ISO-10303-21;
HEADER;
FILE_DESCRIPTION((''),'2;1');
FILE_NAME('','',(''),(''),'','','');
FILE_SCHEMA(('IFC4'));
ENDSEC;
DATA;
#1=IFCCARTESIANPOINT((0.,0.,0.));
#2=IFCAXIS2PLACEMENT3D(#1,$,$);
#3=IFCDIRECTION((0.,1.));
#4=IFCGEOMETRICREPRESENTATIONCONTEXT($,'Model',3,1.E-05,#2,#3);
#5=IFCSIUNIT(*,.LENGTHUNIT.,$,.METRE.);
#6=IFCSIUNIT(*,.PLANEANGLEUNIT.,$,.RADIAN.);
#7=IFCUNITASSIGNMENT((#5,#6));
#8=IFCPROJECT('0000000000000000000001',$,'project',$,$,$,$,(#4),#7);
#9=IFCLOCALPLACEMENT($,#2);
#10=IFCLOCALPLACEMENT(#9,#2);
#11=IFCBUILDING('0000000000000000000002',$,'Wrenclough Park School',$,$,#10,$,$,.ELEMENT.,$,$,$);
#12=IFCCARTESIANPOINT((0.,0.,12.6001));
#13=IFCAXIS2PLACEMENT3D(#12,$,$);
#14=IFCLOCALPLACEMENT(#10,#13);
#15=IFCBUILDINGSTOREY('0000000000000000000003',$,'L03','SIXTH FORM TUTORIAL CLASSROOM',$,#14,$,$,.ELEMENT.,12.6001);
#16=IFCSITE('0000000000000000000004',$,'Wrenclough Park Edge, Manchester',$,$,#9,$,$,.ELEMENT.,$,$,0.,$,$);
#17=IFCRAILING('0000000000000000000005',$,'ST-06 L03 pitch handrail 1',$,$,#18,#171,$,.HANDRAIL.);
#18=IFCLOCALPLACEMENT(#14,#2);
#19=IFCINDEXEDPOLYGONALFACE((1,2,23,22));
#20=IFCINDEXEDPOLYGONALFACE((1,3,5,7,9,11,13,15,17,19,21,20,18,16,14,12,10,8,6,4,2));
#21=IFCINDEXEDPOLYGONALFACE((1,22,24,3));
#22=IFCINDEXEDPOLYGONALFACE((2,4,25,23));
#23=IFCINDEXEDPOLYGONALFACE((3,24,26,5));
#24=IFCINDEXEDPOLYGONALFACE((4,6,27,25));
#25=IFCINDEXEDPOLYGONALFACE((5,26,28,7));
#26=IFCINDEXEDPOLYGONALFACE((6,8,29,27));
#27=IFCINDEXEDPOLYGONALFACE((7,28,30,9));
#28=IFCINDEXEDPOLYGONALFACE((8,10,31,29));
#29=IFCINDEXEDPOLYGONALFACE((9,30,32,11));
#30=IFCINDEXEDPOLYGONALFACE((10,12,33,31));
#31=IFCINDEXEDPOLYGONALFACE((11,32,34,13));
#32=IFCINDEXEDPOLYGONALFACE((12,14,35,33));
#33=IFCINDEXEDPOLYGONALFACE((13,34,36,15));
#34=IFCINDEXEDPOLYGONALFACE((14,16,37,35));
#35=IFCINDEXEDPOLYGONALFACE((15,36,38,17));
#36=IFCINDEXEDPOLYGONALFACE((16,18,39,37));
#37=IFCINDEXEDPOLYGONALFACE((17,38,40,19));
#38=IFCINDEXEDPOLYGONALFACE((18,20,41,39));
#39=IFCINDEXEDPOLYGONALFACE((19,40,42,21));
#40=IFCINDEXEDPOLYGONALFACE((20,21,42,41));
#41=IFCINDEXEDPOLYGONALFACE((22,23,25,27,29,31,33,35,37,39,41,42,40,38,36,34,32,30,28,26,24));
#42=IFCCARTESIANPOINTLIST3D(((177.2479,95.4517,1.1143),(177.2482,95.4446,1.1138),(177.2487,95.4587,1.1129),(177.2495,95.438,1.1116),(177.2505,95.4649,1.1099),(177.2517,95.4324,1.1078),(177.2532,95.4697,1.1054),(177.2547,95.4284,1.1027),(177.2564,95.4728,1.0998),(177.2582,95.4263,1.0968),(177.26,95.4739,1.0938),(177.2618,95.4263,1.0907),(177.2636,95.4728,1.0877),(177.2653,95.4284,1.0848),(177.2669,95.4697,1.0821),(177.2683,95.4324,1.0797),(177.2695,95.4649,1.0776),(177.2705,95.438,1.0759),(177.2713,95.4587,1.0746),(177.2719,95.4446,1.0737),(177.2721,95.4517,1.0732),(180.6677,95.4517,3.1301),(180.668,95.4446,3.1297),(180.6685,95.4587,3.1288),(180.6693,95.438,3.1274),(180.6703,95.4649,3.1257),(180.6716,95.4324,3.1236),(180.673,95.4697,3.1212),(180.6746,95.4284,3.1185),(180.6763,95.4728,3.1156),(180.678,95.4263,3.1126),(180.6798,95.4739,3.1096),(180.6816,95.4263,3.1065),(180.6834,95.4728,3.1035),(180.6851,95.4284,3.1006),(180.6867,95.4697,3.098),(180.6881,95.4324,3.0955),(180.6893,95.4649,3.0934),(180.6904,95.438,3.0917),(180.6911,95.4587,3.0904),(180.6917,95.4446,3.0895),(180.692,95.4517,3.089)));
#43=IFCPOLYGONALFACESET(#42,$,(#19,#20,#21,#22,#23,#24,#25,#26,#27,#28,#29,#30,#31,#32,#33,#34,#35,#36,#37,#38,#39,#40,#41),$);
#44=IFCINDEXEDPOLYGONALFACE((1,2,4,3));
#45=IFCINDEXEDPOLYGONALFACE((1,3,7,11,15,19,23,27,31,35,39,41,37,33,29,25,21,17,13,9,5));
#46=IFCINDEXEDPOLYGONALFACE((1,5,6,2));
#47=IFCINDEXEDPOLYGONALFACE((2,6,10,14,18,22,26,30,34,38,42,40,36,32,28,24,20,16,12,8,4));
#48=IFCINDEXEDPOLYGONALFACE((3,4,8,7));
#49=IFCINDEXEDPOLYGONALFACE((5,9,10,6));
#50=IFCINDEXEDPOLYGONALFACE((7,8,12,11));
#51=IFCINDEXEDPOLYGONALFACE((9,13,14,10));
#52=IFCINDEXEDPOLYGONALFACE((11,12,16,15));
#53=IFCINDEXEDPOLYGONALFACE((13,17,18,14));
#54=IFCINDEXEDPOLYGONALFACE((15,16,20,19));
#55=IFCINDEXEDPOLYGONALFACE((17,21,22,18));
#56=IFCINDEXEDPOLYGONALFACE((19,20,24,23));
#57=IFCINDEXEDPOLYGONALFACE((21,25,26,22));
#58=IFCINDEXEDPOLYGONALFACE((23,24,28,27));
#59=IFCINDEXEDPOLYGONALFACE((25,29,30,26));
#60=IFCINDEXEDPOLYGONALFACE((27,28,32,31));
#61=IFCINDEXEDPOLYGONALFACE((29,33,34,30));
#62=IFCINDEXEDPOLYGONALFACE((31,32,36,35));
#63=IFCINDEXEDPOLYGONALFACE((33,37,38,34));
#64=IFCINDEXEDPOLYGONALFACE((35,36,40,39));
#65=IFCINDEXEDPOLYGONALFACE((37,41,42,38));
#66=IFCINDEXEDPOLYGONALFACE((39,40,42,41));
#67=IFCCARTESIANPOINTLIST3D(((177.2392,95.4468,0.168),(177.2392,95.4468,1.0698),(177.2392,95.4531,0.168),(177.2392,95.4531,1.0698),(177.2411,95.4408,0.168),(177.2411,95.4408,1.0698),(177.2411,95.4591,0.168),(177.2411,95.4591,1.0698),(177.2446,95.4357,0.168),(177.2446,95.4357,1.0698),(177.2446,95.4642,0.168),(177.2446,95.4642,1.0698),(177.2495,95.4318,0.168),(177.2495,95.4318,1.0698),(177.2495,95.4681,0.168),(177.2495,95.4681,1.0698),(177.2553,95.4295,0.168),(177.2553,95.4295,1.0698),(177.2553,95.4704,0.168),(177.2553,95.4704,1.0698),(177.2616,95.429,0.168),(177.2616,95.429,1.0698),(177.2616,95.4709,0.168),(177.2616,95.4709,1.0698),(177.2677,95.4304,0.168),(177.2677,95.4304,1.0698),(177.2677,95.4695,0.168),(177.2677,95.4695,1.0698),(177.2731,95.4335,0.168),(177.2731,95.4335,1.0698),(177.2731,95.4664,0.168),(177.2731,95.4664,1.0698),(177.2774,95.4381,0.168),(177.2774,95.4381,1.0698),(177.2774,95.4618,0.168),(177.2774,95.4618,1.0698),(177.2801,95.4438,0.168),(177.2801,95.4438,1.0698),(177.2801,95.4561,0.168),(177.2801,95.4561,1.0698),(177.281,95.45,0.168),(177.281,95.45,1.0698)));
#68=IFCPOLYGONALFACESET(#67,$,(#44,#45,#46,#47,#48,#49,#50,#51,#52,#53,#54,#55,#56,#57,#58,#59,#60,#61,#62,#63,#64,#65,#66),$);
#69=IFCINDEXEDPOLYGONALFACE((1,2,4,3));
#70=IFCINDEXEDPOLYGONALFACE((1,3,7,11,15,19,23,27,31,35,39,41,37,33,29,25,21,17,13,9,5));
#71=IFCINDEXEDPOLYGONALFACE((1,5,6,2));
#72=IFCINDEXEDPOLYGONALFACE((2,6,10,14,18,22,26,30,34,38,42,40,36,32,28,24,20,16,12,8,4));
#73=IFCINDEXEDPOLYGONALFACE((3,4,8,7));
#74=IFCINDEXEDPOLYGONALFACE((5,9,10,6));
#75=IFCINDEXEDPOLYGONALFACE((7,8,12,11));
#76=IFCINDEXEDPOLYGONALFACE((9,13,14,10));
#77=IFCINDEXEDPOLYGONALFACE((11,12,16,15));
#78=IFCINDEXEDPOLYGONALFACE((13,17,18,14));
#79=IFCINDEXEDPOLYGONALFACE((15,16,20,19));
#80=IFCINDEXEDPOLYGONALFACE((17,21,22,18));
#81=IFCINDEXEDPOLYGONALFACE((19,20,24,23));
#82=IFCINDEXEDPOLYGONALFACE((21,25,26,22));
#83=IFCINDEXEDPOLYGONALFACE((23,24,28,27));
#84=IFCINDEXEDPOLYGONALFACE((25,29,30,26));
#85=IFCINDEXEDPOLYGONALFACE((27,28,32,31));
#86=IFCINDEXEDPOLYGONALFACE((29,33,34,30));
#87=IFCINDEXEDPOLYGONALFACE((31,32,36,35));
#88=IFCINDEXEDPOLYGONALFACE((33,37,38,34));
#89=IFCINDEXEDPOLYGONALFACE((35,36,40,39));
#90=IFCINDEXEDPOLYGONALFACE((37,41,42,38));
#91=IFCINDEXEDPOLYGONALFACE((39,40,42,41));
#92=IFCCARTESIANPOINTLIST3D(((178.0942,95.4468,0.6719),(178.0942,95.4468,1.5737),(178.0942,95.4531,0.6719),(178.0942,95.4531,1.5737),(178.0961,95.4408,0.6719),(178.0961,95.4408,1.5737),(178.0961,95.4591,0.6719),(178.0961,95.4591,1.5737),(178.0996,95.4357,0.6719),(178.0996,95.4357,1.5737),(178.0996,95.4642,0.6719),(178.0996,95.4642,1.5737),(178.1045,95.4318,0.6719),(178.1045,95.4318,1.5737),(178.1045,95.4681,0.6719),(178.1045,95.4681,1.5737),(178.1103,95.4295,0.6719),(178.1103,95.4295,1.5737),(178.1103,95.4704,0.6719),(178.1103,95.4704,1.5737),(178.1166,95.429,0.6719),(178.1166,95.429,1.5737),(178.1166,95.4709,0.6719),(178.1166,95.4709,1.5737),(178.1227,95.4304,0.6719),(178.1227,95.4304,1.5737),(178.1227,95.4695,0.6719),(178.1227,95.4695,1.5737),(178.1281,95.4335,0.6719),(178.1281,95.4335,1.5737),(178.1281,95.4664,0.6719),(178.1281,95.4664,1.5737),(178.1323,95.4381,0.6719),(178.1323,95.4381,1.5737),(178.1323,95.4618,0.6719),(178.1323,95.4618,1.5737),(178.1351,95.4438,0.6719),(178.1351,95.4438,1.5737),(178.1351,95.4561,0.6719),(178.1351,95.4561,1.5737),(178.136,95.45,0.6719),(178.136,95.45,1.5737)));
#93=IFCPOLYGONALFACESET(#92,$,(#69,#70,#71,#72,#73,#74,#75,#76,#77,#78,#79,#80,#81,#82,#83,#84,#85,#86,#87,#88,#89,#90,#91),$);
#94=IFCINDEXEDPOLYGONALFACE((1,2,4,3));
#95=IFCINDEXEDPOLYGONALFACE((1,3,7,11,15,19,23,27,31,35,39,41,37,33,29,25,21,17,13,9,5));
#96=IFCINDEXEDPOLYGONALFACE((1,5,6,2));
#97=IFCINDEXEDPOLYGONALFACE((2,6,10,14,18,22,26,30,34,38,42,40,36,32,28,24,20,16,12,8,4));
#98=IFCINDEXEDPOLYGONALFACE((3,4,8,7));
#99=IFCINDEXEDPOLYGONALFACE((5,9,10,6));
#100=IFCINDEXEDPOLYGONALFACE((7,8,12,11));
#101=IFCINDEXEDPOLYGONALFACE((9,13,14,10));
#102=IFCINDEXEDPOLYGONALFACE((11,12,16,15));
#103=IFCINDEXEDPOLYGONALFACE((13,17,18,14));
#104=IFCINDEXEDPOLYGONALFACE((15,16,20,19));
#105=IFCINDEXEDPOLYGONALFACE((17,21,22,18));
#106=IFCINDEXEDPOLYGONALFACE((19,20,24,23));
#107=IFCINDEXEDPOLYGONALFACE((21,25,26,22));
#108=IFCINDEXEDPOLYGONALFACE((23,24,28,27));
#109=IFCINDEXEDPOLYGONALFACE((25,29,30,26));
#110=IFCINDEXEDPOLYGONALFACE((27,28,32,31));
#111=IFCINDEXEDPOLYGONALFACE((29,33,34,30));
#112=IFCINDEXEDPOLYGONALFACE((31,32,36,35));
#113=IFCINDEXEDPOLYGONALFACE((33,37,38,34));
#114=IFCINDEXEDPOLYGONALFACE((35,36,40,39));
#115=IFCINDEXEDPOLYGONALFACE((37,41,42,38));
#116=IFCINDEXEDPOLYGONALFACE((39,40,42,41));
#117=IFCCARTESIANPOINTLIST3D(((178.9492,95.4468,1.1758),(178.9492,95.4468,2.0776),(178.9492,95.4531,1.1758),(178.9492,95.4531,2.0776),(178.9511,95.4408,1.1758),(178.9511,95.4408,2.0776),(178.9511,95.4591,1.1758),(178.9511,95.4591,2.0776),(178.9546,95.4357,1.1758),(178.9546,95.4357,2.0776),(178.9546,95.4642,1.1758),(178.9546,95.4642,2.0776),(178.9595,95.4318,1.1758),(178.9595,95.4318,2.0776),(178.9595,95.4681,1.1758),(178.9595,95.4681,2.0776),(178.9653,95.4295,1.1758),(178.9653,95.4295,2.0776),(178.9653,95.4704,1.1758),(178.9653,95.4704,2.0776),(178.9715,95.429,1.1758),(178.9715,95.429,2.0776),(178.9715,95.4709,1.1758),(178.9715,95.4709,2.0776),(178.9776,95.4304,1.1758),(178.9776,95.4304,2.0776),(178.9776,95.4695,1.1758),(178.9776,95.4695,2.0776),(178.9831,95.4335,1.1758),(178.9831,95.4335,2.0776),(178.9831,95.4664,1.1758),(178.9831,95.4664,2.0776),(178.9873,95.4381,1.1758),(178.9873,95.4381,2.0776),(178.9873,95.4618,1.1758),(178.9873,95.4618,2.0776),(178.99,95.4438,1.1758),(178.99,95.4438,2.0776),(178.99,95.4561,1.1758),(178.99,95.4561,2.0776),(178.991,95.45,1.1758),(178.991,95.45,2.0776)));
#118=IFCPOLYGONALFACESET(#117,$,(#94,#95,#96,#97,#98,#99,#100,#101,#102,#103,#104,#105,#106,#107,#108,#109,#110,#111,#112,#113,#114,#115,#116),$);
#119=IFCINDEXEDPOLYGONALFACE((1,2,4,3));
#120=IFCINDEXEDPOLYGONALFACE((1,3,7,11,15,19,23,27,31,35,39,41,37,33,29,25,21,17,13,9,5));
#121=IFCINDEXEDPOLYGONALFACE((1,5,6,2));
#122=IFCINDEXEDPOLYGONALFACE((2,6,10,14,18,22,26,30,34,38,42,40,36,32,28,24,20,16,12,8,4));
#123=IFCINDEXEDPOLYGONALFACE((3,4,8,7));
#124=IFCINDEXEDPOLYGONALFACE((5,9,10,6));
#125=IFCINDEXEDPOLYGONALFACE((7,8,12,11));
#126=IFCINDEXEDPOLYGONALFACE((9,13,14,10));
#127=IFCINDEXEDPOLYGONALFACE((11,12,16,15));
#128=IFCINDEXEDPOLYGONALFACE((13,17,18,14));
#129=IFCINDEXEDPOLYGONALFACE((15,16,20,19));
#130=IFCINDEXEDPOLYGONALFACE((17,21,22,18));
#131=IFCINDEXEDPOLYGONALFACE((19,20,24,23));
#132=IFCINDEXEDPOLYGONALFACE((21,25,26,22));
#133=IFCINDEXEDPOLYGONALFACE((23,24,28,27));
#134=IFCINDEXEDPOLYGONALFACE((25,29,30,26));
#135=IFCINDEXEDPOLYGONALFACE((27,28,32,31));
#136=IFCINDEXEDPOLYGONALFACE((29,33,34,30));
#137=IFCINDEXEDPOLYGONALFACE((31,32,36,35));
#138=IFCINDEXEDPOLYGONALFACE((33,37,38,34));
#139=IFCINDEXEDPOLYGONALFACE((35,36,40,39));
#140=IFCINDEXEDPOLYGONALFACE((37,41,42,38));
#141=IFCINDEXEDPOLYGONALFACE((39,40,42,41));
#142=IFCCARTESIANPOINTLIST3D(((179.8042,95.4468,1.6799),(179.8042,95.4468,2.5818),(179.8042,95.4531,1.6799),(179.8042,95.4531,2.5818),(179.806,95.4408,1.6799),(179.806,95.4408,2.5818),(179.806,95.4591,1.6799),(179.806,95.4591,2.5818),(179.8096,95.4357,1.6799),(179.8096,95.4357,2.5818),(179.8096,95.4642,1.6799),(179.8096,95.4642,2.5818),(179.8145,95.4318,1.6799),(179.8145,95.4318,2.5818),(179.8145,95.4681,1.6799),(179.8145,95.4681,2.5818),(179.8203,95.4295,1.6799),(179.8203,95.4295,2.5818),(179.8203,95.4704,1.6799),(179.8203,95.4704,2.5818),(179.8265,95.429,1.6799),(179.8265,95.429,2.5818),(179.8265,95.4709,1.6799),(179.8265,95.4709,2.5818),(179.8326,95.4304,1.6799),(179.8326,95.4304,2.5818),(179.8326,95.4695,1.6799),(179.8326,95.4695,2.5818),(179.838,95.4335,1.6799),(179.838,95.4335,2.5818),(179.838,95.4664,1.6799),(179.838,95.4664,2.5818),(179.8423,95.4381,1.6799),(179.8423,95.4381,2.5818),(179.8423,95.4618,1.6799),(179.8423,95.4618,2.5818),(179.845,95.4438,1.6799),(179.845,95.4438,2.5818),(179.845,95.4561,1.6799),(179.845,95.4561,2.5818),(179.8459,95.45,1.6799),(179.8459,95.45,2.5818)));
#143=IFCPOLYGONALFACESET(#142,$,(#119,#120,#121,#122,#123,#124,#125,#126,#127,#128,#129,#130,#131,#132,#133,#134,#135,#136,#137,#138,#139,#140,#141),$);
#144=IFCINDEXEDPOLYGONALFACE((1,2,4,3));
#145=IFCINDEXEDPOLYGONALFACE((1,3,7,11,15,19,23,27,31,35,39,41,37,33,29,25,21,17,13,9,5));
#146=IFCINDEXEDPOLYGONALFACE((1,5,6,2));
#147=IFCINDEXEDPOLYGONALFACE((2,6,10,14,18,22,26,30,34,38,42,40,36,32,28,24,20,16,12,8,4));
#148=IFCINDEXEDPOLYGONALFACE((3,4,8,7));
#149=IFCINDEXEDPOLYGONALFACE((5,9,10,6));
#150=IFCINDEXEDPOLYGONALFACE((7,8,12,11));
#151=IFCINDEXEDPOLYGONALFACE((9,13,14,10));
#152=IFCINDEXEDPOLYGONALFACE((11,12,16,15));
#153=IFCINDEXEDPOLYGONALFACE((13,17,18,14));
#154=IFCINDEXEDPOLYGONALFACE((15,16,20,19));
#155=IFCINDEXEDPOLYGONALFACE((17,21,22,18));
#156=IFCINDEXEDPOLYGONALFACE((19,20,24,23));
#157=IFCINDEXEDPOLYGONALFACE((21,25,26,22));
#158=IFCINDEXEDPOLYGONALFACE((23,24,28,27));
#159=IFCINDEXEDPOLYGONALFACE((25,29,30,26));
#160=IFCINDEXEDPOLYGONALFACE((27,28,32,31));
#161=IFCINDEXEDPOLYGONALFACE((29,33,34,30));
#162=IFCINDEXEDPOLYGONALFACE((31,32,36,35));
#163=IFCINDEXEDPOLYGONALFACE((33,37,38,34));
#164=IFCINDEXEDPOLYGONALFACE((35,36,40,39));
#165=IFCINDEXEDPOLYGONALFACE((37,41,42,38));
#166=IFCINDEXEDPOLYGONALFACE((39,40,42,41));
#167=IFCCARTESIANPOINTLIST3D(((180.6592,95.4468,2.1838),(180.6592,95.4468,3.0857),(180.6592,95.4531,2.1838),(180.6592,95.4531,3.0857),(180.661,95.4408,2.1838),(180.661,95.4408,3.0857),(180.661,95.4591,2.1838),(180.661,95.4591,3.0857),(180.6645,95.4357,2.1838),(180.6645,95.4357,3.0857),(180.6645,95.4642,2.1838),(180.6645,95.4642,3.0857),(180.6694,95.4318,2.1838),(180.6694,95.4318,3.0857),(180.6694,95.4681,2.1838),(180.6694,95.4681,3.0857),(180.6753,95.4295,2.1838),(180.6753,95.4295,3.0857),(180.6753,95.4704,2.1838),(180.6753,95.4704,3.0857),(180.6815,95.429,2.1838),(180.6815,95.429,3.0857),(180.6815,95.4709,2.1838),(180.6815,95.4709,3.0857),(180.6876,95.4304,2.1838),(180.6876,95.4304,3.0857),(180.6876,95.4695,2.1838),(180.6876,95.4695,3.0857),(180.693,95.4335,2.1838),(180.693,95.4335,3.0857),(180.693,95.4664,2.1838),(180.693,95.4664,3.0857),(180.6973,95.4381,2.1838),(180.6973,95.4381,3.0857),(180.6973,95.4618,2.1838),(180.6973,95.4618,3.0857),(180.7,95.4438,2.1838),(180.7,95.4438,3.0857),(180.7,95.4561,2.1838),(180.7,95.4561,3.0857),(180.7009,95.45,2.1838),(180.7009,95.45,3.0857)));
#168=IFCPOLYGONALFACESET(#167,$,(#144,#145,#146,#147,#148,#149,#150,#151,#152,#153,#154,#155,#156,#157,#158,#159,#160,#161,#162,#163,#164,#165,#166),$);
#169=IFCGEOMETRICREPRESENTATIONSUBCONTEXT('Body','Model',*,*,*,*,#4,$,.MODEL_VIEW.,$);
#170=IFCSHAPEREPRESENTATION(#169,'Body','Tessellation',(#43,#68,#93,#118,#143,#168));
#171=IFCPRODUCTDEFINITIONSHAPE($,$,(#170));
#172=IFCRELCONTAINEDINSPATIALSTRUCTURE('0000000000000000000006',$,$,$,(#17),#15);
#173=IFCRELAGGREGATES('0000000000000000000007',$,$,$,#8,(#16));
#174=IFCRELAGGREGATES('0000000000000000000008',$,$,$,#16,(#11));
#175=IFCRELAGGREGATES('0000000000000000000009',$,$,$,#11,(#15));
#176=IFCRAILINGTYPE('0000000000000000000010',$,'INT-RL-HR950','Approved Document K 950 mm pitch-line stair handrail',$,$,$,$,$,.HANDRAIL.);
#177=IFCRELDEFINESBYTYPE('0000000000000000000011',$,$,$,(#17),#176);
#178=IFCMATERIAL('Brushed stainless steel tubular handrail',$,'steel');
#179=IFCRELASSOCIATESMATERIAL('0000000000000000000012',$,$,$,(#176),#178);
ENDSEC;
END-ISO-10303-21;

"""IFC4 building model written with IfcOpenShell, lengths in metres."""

from ifc_helpers import new_model, si_unit, direction, frame, origin, origin_2d, place, context, subcontext, project, spatial, circle, extrude, material, type_object, element, save


model = new_model("IFC4")

# Units and contexts
model_context = context("Model", 3, precision=1e-05, world=origin(), true_north=direction((0.0, 1.0)))
body_context = subcontext(model_context, "Body", "Model", "MODEL_VIEW")
ifc_project = project(units=[si_unit("LENGTHUNIT", "METRE"), si_unit("PLANEANGLEUNIT", "RADIAN")], contexts=[model_context])

# Site, building, storey
site_placement = place(None, origin())
site = spatial("IfcSite", under=ifc_project, at=site_placement, Name="Wrenclough Park Edge, Manchester", CompositionType="ELEMENT", RefElevation=0.0)
building_placement = place(site_placement, origin())
building = spatial("IfcBuilding", under=site, at=building_placement, Name="Wrenclough Park School", CompositionType="ELEMENT")
storey_placement = place(building_placement, frame((0.0, 0.0, 12.6001)))
storey = spatial("IfcBuildingStorey", under=building, at=storey_placement, Name="L03", Description="SIXTH FORM TUTORIAL CLASSROOM", CompositionType="ELEMENT", Elevation=12.6001)

# Railing
ifc_material_1 = material(Name="Brushed stainless steel tubular handrail", Category="steel")
railing_type_1 = type_object("IfcRailingType", Name="INT-RL-HR950", Description="Approved Document K 950 mm pitch-line stair handrail", PredefinedType="HANDRAIL", material=ifc_material_1)
railing_1_placement = place(storey_placement, frame((177.26, 95.45, 0.168)))
element("IfcRailing", 1, at=railing_1_placement, inside=storey, type_object=railing_type_1, Name="ST-06 L03 pitch handrail 1", PredefinedType="HANDRAIL", context=body_context, shape_type="SweptSolid", body=[
    extrude(circle(Radius=0.0239, at=origin_2d()), frame((0.0, 0.0, 0.9258), z_axis=(0.861477, 0.0, 0.507797), x_axis=(0.0, 1.0, 0.0)), (0.0, 0.0, 1.0), 3.9697),
    extrude(circle(Radius=0.021, at=origin_2d()), origin(), (0.0, 0.0, 1.0), 0.9019),
    extrude(circle(Radius=0.021, at=origin_2d()), frame((0.855, 0.0, 0.5039)), (0.0, 0.0, 1.0), 0.9019),
    extrude(circle(Radius=0.021, at=origin_2d()), frame((1.71, 0.0, 1.0078)), (0.0, 0.0, 1.0), 0.9019),
    extrude(circle(Radius=0.021, at=origin_2d()), frame((2.5649, 0.0, 1.512)), (0.0, 0.0, 1.0), 0.9019),
    extrude(circle(Radius=0.021, at=origin_2d()), frame((3.4199, 0.0, 2.0159)), (0.0, 0.0, 1.0), 0.9019),
])

save(model, "model.ifc")
